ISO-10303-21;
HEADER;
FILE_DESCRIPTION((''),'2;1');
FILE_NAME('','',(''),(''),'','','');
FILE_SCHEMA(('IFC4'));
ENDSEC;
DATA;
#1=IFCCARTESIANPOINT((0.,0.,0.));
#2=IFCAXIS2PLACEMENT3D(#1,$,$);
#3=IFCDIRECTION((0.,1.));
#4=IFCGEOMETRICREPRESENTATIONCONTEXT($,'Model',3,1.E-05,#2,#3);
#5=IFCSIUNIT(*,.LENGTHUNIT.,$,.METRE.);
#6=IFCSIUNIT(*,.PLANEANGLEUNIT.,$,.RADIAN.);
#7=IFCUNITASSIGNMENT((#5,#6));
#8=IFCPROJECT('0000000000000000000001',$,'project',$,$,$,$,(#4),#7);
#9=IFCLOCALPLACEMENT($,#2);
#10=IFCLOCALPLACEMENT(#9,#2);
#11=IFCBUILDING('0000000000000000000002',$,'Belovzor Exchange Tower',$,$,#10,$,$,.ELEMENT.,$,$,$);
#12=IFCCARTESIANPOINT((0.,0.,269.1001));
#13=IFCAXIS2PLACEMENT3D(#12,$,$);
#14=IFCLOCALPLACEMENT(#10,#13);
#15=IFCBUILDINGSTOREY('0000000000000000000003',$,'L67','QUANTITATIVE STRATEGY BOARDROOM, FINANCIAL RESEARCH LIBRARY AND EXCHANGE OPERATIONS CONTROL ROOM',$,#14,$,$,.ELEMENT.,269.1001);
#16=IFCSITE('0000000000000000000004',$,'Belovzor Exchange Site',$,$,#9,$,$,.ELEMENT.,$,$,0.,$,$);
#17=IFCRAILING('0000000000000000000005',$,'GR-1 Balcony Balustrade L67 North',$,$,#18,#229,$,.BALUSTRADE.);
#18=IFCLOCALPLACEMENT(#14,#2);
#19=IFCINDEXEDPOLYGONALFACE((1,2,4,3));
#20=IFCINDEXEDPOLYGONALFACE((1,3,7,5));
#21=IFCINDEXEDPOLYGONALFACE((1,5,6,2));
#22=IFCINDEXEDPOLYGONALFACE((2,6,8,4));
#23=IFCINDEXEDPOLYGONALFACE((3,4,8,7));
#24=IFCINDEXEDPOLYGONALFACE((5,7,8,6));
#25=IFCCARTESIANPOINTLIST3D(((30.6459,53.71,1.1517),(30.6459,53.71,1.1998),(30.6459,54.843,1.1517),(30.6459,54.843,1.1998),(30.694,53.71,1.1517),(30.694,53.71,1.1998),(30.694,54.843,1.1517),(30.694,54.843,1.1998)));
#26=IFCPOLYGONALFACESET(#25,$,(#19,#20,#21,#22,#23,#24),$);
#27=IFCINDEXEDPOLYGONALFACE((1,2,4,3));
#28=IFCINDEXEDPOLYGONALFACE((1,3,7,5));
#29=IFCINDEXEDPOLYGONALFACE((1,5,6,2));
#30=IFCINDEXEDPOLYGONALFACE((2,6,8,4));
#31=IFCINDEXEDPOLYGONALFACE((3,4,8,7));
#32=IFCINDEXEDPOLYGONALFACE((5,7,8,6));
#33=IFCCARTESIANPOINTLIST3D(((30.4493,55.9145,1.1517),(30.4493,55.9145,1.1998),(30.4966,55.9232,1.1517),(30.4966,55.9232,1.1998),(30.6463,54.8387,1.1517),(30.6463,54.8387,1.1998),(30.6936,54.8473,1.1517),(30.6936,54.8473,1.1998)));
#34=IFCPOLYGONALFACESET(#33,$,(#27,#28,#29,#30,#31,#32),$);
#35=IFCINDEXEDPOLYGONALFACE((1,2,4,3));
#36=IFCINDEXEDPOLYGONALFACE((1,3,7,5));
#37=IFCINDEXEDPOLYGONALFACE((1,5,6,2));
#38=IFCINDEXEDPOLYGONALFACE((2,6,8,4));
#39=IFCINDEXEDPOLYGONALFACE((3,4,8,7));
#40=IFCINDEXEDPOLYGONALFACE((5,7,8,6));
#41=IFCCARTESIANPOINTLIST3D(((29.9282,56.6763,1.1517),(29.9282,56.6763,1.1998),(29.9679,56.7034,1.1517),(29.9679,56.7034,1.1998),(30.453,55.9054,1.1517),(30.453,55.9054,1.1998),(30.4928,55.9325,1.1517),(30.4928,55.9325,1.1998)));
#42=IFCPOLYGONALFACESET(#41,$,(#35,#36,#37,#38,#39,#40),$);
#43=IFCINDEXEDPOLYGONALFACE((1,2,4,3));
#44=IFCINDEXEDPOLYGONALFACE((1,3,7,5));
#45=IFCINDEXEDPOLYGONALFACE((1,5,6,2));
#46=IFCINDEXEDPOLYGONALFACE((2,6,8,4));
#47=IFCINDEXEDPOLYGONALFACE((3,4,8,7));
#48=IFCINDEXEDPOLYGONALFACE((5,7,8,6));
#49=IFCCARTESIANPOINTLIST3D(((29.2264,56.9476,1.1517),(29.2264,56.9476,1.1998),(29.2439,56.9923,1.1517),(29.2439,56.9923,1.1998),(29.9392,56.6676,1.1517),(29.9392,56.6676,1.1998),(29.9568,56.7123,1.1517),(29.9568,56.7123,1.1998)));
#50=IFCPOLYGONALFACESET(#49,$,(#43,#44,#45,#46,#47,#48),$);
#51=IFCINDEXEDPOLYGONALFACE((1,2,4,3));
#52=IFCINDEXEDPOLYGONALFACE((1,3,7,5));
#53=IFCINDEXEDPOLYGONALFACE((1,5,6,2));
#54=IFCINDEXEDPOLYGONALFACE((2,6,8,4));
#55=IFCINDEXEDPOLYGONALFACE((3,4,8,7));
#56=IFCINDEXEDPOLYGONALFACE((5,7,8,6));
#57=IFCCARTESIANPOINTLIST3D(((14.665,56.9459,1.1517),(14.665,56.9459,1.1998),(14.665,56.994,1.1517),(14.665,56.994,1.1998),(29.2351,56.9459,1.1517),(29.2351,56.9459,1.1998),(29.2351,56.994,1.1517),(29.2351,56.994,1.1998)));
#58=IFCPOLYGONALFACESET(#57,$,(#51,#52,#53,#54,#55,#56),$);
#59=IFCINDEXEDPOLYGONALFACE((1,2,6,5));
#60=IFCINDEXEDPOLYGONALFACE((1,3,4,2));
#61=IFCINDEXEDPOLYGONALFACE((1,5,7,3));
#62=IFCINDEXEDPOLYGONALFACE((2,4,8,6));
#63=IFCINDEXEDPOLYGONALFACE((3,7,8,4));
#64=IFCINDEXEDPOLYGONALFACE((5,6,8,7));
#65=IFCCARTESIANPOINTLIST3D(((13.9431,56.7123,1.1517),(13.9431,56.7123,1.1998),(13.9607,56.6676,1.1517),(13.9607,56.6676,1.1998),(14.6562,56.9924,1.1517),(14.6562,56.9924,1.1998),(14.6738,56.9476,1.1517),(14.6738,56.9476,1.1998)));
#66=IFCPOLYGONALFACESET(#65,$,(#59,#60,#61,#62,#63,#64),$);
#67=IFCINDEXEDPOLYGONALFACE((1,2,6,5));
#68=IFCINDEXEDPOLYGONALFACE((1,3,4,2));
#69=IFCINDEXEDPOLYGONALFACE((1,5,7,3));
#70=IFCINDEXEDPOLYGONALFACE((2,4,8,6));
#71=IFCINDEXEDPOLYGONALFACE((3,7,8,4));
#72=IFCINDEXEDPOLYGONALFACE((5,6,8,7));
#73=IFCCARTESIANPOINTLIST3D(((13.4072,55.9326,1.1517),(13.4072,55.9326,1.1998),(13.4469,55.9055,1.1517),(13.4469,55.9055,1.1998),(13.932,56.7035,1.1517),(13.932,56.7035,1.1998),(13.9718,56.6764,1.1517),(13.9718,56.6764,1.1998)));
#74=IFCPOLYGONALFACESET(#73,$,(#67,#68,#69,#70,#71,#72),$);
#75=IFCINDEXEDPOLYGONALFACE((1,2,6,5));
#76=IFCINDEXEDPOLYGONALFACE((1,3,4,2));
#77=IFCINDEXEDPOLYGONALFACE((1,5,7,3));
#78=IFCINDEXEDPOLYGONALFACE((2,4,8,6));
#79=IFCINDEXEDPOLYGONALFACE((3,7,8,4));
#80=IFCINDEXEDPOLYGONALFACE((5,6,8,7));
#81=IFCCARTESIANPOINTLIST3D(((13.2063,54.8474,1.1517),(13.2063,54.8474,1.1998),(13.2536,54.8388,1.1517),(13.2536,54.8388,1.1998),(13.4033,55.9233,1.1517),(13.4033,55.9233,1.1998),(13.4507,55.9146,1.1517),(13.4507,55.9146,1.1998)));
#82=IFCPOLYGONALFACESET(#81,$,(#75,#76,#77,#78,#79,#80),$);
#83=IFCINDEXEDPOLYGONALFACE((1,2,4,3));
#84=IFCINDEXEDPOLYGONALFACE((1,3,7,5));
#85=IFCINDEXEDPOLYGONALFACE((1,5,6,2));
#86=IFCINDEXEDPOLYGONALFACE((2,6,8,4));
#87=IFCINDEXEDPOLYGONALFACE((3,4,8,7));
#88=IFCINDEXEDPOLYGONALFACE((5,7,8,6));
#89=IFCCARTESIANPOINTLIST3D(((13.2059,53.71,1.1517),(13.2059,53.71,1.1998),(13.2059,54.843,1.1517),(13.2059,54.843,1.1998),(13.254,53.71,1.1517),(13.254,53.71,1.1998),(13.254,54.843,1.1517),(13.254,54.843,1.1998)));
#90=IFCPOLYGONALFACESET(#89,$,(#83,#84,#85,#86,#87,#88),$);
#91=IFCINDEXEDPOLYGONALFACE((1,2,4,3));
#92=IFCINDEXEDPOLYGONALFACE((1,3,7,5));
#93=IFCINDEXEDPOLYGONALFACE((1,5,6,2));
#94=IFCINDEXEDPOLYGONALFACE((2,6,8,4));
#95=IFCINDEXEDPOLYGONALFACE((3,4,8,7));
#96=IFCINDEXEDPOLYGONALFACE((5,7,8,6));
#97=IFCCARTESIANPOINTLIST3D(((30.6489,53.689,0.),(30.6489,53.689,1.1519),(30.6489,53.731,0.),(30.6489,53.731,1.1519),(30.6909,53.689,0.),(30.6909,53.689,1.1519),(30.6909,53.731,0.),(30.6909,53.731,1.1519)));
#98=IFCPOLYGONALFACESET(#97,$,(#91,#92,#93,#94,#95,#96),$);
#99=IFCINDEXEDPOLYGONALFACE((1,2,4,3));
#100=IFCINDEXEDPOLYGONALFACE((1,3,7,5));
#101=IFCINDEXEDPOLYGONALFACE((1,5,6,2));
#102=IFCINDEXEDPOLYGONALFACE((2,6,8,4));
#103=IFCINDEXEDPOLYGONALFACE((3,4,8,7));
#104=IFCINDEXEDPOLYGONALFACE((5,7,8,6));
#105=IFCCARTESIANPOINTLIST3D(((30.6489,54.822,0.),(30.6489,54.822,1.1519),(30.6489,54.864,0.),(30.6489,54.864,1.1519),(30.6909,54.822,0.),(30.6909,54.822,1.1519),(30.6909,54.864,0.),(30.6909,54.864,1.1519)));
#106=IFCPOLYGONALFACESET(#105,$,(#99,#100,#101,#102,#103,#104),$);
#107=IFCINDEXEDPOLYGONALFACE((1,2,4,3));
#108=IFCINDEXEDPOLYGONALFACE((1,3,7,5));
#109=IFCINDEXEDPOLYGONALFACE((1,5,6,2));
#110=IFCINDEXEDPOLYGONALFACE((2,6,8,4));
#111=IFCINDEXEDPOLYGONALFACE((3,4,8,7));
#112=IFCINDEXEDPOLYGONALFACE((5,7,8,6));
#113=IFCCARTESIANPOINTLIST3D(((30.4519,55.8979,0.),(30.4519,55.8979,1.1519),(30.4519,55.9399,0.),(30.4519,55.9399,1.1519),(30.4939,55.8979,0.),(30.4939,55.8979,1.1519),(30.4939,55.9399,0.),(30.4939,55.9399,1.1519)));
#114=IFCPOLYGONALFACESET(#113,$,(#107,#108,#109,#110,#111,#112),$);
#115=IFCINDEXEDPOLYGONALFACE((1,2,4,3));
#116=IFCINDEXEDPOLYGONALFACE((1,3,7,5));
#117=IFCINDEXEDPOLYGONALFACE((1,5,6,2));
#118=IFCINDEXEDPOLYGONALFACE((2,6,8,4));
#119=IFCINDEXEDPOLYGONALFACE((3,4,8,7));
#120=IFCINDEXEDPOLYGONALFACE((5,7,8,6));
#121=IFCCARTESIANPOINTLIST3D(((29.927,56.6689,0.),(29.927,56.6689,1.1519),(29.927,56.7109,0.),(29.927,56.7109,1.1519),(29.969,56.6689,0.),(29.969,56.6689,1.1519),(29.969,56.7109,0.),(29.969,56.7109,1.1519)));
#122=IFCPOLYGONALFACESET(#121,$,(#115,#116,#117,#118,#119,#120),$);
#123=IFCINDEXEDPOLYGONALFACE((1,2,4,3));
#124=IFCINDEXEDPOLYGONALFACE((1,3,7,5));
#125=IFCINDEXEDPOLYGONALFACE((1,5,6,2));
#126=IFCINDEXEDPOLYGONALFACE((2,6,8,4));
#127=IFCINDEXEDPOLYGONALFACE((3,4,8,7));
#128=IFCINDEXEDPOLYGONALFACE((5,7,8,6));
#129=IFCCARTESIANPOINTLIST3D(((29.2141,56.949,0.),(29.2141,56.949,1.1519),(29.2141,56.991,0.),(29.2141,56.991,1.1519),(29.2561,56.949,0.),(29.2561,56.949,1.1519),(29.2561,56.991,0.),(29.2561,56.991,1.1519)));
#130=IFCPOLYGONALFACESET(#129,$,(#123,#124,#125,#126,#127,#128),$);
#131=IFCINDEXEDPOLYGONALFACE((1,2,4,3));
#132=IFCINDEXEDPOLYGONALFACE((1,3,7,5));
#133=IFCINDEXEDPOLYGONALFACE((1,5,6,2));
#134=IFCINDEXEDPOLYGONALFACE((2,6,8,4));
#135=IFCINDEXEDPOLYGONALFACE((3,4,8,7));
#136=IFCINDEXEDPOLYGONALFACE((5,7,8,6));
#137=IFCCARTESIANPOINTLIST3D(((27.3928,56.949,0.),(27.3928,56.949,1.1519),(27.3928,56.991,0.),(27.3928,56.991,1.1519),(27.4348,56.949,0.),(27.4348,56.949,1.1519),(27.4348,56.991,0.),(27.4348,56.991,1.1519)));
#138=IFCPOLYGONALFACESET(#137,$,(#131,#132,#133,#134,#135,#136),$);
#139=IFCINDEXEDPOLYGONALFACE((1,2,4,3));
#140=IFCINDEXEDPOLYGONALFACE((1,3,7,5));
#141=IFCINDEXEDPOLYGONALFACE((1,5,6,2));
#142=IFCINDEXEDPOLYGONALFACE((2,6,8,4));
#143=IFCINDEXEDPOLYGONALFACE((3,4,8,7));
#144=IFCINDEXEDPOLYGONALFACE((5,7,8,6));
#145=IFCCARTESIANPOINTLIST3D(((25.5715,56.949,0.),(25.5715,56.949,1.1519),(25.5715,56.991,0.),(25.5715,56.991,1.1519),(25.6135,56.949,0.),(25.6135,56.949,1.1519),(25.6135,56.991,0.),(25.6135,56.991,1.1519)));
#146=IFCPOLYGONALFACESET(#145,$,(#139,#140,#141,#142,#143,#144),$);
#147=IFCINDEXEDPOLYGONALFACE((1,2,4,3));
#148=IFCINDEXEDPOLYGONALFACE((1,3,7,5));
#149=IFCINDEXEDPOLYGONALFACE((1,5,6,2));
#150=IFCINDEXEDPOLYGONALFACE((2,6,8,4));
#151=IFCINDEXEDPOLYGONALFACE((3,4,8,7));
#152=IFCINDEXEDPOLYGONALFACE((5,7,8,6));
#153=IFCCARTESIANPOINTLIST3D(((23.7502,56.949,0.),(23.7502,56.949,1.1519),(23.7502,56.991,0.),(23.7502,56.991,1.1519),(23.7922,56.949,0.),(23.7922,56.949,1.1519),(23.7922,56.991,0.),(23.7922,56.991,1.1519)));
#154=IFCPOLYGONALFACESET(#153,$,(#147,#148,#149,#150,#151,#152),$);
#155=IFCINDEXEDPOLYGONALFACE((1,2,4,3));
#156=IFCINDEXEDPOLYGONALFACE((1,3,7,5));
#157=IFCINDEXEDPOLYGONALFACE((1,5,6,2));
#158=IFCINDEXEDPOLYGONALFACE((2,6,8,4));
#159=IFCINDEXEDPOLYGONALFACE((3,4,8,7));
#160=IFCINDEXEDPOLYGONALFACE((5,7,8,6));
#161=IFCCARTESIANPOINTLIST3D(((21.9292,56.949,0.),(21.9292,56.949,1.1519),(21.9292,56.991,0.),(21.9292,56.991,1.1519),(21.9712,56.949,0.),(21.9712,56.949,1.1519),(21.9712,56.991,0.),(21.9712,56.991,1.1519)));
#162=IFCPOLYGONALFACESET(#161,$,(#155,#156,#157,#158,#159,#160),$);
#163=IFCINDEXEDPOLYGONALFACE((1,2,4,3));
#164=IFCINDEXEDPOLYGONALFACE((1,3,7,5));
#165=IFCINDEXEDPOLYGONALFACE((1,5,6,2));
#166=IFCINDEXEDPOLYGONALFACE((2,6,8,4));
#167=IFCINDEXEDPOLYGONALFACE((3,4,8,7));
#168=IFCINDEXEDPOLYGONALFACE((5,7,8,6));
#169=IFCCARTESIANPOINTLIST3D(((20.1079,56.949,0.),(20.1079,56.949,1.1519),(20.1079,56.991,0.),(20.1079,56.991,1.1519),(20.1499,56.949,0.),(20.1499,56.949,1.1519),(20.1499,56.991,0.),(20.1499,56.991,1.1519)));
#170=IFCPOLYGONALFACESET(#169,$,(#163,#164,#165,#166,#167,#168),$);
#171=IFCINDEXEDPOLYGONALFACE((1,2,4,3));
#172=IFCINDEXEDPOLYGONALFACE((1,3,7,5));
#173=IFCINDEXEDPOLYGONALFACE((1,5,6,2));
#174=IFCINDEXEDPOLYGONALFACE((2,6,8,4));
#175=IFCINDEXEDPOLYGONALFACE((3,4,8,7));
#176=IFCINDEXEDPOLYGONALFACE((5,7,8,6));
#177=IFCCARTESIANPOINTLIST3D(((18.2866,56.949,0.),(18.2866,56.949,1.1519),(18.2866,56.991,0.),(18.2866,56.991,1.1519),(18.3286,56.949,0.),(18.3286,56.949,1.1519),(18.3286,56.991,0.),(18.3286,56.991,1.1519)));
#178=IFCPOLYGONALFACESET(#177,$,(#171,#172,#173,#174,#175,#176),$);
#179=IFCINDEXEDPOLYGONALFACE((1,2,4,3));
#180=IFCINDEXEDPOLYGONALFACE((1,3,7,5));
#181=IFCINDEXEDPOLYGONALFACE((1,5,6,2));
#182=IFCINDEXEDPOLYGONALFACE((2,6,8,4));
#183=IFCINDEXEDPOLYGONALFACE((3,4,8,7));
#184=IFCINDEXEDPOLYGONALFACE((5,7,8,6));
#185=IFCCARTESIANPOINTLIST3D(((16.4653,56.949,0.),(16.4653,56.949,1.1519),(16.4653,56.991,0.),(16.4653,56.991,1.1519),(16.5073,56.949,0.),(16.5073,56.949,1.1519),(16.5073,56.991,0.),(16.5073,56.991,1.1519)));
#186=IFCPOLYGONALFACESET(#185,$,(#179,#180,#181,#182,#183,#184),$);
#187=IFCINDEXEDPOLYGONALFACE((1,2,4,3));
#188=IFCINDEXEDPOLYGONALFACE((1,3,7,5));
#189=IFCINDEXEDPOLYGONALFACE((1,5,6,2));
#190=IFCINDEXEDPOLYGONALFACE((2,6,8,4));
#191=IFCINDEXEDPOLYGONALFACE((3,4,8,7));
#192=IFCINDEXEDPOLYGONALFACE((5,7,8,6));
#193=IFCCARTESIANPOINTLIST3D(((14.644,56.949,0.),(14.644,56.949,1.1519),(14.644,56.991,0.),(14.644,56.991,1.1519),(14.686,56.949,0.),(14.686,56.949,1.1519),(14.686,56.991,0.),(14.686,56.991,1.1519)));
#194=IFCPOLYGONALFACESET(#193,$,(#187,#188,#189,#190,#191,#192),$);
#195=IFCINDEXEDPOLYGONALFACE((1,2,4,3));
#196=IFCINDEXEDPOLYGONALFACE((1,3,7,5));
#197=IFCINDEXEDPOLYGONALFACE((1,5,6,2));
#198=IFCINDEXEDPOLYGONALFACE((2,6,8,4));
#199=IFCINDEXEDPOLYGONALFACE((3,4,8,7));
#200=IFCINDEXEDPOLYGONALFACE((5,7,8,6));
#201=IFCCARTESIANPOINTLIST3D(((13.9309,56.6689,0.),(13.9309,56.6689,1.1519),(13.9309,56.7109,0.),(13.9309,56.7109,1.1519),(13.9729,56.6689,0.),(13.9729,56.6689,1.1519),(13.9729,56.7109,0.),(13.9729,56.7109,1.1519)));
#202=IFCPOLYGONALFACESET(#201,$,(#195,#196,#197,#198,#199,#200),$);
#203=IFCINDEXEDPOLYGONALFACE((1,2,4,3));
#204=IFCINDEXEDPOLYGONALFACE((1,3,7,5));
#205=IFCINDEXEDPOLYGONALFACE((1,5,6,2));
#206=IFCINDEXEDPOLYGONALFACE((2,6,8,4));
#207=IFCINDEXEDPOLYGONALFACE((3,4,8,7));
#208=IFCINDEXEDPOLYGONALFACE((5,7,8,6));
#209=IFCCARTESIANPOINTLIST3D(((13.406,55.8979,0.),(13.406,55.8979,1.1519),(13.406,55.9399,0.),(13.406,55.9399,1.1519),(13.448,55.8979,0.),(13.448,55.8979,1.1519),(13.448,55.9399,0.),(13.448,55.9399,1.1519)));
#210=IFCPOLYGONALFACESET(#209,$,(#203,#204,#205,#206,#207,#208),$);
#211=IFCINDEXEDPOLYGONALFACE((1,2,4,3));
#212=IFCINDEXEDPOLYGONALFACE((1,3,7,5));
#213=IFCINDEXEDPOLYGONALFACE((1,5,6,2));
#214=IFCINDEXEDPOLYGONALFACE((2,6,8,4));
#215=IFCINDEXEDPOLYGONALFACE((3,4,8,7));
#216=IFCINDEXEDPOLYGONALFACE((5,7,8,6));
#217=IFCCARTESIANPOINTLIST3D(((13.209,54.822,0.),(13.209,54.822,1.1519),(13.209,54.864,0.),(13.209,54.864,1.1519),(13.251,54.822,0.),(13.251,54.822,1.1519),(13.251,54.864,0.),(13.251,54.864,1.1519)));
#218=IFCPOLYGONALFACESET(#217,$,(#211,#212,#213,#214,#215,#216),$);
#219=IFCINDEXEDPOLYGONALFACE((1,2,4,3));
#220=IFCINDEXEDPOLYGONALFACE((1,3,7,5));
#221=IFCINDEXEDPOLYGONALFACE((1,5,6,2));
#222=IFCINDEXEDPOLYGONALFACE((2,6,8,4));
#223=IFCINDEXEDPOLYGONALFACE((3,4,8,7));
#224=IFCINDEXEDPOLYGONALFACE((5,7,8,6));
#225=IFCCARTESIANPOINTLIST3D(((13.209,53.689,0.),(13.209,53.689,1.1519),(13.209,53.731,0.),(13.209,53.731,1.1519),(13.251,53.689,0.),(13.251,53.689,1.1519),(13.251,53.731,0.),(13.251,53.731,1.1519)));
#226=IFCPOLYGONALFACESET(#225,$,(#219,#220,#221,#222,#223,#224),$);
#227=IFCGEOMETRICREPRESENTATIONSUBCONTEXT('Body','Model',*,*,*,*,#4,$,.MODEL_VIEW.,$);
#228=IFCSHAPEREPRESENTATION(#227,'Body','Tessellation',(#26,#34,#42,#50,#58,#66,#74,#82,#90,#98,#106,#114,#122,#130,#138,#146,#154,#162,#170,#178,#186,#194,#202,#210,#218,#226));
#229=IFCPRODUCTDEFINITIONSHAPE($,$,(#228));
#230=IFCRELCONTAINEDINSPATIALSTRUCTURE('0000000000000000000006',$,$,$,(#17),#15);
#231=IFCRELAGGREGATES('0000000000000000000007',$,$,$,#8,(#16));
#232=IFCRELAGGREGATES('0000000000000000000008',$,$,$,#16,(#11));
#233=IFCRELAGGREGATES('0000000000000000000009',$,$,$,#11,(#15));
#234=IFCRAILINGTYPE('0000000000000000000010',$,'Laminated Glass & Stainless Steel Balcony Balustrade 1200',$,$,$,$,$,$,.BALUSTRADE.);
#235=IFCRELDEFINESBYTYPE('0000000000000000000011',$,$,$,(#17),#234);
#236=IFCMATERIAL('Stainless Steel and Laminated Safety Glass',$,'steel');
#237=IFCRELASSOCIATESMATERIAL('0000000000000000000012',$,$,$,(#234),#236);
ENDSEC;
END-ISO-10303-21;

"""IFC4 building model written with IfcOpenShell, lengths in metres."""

from ifc_helpers import new_model, si_unit, direction, frame, origin, origin_2d, place, context, subcontext, project, spatial, rectangle, extrude, material, type_object, element, save


model = new_model("IFC4")

# Units and contexts
model_context = context("Model", 3, precision=1e-05, world=origin(), true_north=direction((0.0, 1.0)))
body_context = subcontext(model_context, "Body", "Model", "MODEL_VIEW")
ifc_project = project(units=[si_unit("LENGTHUNIT", "METRE"), si_unit("PLANEANGLEUNIT", "RADIAN")], contexts=[model_context])

# Site, building, storey
site_placement = place(None, origin())
site = spatial("IfcSite", under=ifc_project, at=site_placement, Name="Belovzor Exchange Site", CompositionType="ELEMENT", RefElevation=0.0)
building_placement = place(site_placement, origin())
building = spatial("IfcBuilding", under=site, at=building_placement, Name="Belovzor Exchange Tower", CompositionType="ELEMENT")
storey_placement = place(building_placement, frame((0.0, 0.0, 269.1001)))
storey = spatial("IfcBuildingStorey", under=building, at=storey_placement, Name="L67", Description="QUANTITATIVE STRATEGY BOARDROOM, FINANCIAL RESEARCH LIBRARY AND EXCHANGE OPERATIONS CONTROL ROOM", CompositionType="ELEMENT", Elevation=269.1001)

# Railing
ifc_material_1 = material(Name="Stainless Steel and Laminated Safety Glass", Category="steel")
railing_type = type_object("IfcRailingType", Name="Laminated Glass & Stainless Steel Balcony Balustrade 1200", PredefinedType="BALUSTRADE", material=ifc_material_1)
railing_placement = place(storey_placement, frame((30.6699, 53.71, 0.0)))
element("IfcRailing", 1, at=railing_placement, inside=storey, type_object=railing_type, Name="GR-1 Balcony Balustrade L67 North", PredefinedType="BALUSTRADE", context=body_context, shape_type="SweptSolid", body=[
    extrude(rectangle(XDim=0.0481, YDim=0.0481, at=origin_2d()), frame((0.0, 0.0, 1.1758), z_axis=(0.0, 1.0, 0.0), x_axis=(-1.0, 0.0, 0.0)), (0.0, 0.0, 1.0), 1.1331),
    extrude(rectangle(XDim=0.0481, YDim=0.0481, at=origin_2d()), frame((0.0, 1.1331, 1.1758), z_axis=(-0.180123, 0.983644, 0.0), x_axis=(-0.983644, -0.180123, 0.0)), (0.0, 0.0, 1.0), 1.0938),
    extrude(rectangle(XDim=0.0481, YDim=0.0481, at=origin_2d()), frame((-0.197, 2.209, 1.1758), z_axis=(-0.562768, 0.826615, 0.0), x_axis=(-0.826615, -0.562768, 0.0)), (0.0, 0.0, 1.0), 0.9326),
    extrude(rectangle(XDim=0.0481, YDim=0.0481, at=origin_2d()), frame((-0.7219, 2.98, 1.1758), z_axis=(-0.930767, 0.365613, 0.0), x_axis=(-0.365613, -0.930767, 0.0)), (0.0, 0.0, 1.0), 0.7659),
    extrude(rectangle(XDim=0.0481, YDim=0.0481, at=origin_2d()), frame((-1.4348, 3.26, 1.1758), z_axis=(-1.0, 0.0, 0.0), x_axis=(0.0, -1.0, 0.0)), (0.0, 0.0, 1.0), 14.5701),
    extrude(rectangle(XDim=0.0481, YDim=0.0481, at=origin_2d()), frame((-16.0049, 3.26, 1.1758), z_axis=(-0.93081, -0.365504, 0.0), x_axis=(0.365504, -0.93081, 0.0)), (0.0, 0.0, 1.0), 0.7661),
    extrude(rectangle(XDim=0.0481, YDim=0.0481, at=origin_2d()), frame((-16.718, 2.98, 1.1758), z_axis=(-0.562768, -0.826615, 0.0), x_axis=(0.826615, -0.562768, 0.0)), (0.0, 0.0, 1.0), 0.9326),
    extrude(rectangle(XDim=0.0481, YDim=0.0481, at=origin_2d()), frame((-17.2429, 2.209, 1.1758), z_axis=(-0.180123, -0.983644, 0.0), x_axis=(0.983644, -0.180123, 0.0)), (0.0, 0.0, 1.0), 1.0938),
    extrude(rectangle(XDim=0.0481, YDim=0.0481, at=origin_2d()), frame((-17.4399, 1.1331, 1.1758), z_axis=(0.0, -1.0, 0.0), x_axis=(1.0, 0.0, 0.0)), (0.0, 0.0, 1.0), 1.1331),
    extrude(rectangle(XDim=0.042, YDim=0.042, at=origin_2d()), origin(), (0.0, 0.0, 1.0), 1.1519),
    extrude(rectangle(XDim=0.042, YDim=0.042, at=origin_2d()), frame((0.0, 1.1331, 0.0)), (0.0, 0.0, 1.0), 1.1519),
    extrude(rectangle(XDim=0.042, YDim=0.042, at=origin_2d()), frame((-0.197, 2.209, 0.0)), (0.0, 0.0, 1.0), 1.1519),
    extrude(rectangle(XDim=0.042, YDim=0.042, at=origin_2d()), frame((-0.7219, 2.98, 0.0)), (0.0, 0.0, 1.0), 1.1519),
    extrude(rectangle(XDim=0.042, YDim=0.042, at=origin_2d()), frame((-1.4348, 3.26, 0.0)), (0.0, 0.0, 1.0), 1.1519),
    extrude(rectangle(XDim=0.042, YDim=0.042, at=origin_2d()), frame((-3.2561, 3.26, 0.0)), (0.0, 0.0, 1.0), 1.1519),
    extrude(rectangle(XDim=0.042, YDim=0.042, at=origin_2d()), frame((-5.0774, 3.26, 0.0)), (0.0, 0.0, 1.0), 1.1519),
    extrude(rectangle(XDim=0.042, YDim=0.042, at=origin_2d()), frame((-6.8987, 3.26, 0.0)), (0.0, 0.0, 1.0), 1.1519),
    extrude(rectangle(XDim=0.042, YDim=0.042, at=origin_2d()), frame((-8.7197, 3.26, 0.0)), (0.0, 0.0, 1.0), 1.1519),
    extrude(rectangle(XDim=0.042, YDim=0.042, at=origin_2d()), frame((-10.541, 3.26, 0.0)), (0.0, 0.0, 1.0), 1.1519),
    extrude(rectangle(XDim=0.042, YDim=0.042, at=origin_2d()), frame((-12.3623, 3.26, 0.0)), (0.0, 0.0, 1.0), 1.1519),
    extrude(rectangle(XDim=0.042, YDim=0.042, at=origin_2d()), frame((-14.1836, 3.26, 0.0)), (0.0, 0.0, 1.0), 1.1519),
    extrude(rectangle(XDim=0.042, YDim=0.042, at=origin_2d()), frame((-16.0049, 3.26, 0.0)), (0.0, 0.0, 1.0), 1.1519),
    extrude(rectangle(XDim=0.042, YDim=0.042, at=origin_2d()), frame((-16.718, 2.98, 0.0)), (0.0, 0.0, 1.0), 1.1519),
    extrude(rectangle(XDim=0.042, YDim=0.042, at=origin_2d()), frame((-17.2429, 2.209, 0.0)), (0.0, 0.0, 1.0), 1.1519),
    extrude(rectangle(XDim=0.042, YDim=0.042, at=origin_2d()), frame((-17.4399, 1.1331, 0.0)), (0.0, 0.0, 1.0), 1.1519),
    extrude(rectangle(XDim=0.042, YDim=0.042, at=origin_2d()), frame((-17.4399, 0.0, 0.0)), (0.0, 0.0, 1.0), 1.1519),
])

save(model, "model.ifc")
